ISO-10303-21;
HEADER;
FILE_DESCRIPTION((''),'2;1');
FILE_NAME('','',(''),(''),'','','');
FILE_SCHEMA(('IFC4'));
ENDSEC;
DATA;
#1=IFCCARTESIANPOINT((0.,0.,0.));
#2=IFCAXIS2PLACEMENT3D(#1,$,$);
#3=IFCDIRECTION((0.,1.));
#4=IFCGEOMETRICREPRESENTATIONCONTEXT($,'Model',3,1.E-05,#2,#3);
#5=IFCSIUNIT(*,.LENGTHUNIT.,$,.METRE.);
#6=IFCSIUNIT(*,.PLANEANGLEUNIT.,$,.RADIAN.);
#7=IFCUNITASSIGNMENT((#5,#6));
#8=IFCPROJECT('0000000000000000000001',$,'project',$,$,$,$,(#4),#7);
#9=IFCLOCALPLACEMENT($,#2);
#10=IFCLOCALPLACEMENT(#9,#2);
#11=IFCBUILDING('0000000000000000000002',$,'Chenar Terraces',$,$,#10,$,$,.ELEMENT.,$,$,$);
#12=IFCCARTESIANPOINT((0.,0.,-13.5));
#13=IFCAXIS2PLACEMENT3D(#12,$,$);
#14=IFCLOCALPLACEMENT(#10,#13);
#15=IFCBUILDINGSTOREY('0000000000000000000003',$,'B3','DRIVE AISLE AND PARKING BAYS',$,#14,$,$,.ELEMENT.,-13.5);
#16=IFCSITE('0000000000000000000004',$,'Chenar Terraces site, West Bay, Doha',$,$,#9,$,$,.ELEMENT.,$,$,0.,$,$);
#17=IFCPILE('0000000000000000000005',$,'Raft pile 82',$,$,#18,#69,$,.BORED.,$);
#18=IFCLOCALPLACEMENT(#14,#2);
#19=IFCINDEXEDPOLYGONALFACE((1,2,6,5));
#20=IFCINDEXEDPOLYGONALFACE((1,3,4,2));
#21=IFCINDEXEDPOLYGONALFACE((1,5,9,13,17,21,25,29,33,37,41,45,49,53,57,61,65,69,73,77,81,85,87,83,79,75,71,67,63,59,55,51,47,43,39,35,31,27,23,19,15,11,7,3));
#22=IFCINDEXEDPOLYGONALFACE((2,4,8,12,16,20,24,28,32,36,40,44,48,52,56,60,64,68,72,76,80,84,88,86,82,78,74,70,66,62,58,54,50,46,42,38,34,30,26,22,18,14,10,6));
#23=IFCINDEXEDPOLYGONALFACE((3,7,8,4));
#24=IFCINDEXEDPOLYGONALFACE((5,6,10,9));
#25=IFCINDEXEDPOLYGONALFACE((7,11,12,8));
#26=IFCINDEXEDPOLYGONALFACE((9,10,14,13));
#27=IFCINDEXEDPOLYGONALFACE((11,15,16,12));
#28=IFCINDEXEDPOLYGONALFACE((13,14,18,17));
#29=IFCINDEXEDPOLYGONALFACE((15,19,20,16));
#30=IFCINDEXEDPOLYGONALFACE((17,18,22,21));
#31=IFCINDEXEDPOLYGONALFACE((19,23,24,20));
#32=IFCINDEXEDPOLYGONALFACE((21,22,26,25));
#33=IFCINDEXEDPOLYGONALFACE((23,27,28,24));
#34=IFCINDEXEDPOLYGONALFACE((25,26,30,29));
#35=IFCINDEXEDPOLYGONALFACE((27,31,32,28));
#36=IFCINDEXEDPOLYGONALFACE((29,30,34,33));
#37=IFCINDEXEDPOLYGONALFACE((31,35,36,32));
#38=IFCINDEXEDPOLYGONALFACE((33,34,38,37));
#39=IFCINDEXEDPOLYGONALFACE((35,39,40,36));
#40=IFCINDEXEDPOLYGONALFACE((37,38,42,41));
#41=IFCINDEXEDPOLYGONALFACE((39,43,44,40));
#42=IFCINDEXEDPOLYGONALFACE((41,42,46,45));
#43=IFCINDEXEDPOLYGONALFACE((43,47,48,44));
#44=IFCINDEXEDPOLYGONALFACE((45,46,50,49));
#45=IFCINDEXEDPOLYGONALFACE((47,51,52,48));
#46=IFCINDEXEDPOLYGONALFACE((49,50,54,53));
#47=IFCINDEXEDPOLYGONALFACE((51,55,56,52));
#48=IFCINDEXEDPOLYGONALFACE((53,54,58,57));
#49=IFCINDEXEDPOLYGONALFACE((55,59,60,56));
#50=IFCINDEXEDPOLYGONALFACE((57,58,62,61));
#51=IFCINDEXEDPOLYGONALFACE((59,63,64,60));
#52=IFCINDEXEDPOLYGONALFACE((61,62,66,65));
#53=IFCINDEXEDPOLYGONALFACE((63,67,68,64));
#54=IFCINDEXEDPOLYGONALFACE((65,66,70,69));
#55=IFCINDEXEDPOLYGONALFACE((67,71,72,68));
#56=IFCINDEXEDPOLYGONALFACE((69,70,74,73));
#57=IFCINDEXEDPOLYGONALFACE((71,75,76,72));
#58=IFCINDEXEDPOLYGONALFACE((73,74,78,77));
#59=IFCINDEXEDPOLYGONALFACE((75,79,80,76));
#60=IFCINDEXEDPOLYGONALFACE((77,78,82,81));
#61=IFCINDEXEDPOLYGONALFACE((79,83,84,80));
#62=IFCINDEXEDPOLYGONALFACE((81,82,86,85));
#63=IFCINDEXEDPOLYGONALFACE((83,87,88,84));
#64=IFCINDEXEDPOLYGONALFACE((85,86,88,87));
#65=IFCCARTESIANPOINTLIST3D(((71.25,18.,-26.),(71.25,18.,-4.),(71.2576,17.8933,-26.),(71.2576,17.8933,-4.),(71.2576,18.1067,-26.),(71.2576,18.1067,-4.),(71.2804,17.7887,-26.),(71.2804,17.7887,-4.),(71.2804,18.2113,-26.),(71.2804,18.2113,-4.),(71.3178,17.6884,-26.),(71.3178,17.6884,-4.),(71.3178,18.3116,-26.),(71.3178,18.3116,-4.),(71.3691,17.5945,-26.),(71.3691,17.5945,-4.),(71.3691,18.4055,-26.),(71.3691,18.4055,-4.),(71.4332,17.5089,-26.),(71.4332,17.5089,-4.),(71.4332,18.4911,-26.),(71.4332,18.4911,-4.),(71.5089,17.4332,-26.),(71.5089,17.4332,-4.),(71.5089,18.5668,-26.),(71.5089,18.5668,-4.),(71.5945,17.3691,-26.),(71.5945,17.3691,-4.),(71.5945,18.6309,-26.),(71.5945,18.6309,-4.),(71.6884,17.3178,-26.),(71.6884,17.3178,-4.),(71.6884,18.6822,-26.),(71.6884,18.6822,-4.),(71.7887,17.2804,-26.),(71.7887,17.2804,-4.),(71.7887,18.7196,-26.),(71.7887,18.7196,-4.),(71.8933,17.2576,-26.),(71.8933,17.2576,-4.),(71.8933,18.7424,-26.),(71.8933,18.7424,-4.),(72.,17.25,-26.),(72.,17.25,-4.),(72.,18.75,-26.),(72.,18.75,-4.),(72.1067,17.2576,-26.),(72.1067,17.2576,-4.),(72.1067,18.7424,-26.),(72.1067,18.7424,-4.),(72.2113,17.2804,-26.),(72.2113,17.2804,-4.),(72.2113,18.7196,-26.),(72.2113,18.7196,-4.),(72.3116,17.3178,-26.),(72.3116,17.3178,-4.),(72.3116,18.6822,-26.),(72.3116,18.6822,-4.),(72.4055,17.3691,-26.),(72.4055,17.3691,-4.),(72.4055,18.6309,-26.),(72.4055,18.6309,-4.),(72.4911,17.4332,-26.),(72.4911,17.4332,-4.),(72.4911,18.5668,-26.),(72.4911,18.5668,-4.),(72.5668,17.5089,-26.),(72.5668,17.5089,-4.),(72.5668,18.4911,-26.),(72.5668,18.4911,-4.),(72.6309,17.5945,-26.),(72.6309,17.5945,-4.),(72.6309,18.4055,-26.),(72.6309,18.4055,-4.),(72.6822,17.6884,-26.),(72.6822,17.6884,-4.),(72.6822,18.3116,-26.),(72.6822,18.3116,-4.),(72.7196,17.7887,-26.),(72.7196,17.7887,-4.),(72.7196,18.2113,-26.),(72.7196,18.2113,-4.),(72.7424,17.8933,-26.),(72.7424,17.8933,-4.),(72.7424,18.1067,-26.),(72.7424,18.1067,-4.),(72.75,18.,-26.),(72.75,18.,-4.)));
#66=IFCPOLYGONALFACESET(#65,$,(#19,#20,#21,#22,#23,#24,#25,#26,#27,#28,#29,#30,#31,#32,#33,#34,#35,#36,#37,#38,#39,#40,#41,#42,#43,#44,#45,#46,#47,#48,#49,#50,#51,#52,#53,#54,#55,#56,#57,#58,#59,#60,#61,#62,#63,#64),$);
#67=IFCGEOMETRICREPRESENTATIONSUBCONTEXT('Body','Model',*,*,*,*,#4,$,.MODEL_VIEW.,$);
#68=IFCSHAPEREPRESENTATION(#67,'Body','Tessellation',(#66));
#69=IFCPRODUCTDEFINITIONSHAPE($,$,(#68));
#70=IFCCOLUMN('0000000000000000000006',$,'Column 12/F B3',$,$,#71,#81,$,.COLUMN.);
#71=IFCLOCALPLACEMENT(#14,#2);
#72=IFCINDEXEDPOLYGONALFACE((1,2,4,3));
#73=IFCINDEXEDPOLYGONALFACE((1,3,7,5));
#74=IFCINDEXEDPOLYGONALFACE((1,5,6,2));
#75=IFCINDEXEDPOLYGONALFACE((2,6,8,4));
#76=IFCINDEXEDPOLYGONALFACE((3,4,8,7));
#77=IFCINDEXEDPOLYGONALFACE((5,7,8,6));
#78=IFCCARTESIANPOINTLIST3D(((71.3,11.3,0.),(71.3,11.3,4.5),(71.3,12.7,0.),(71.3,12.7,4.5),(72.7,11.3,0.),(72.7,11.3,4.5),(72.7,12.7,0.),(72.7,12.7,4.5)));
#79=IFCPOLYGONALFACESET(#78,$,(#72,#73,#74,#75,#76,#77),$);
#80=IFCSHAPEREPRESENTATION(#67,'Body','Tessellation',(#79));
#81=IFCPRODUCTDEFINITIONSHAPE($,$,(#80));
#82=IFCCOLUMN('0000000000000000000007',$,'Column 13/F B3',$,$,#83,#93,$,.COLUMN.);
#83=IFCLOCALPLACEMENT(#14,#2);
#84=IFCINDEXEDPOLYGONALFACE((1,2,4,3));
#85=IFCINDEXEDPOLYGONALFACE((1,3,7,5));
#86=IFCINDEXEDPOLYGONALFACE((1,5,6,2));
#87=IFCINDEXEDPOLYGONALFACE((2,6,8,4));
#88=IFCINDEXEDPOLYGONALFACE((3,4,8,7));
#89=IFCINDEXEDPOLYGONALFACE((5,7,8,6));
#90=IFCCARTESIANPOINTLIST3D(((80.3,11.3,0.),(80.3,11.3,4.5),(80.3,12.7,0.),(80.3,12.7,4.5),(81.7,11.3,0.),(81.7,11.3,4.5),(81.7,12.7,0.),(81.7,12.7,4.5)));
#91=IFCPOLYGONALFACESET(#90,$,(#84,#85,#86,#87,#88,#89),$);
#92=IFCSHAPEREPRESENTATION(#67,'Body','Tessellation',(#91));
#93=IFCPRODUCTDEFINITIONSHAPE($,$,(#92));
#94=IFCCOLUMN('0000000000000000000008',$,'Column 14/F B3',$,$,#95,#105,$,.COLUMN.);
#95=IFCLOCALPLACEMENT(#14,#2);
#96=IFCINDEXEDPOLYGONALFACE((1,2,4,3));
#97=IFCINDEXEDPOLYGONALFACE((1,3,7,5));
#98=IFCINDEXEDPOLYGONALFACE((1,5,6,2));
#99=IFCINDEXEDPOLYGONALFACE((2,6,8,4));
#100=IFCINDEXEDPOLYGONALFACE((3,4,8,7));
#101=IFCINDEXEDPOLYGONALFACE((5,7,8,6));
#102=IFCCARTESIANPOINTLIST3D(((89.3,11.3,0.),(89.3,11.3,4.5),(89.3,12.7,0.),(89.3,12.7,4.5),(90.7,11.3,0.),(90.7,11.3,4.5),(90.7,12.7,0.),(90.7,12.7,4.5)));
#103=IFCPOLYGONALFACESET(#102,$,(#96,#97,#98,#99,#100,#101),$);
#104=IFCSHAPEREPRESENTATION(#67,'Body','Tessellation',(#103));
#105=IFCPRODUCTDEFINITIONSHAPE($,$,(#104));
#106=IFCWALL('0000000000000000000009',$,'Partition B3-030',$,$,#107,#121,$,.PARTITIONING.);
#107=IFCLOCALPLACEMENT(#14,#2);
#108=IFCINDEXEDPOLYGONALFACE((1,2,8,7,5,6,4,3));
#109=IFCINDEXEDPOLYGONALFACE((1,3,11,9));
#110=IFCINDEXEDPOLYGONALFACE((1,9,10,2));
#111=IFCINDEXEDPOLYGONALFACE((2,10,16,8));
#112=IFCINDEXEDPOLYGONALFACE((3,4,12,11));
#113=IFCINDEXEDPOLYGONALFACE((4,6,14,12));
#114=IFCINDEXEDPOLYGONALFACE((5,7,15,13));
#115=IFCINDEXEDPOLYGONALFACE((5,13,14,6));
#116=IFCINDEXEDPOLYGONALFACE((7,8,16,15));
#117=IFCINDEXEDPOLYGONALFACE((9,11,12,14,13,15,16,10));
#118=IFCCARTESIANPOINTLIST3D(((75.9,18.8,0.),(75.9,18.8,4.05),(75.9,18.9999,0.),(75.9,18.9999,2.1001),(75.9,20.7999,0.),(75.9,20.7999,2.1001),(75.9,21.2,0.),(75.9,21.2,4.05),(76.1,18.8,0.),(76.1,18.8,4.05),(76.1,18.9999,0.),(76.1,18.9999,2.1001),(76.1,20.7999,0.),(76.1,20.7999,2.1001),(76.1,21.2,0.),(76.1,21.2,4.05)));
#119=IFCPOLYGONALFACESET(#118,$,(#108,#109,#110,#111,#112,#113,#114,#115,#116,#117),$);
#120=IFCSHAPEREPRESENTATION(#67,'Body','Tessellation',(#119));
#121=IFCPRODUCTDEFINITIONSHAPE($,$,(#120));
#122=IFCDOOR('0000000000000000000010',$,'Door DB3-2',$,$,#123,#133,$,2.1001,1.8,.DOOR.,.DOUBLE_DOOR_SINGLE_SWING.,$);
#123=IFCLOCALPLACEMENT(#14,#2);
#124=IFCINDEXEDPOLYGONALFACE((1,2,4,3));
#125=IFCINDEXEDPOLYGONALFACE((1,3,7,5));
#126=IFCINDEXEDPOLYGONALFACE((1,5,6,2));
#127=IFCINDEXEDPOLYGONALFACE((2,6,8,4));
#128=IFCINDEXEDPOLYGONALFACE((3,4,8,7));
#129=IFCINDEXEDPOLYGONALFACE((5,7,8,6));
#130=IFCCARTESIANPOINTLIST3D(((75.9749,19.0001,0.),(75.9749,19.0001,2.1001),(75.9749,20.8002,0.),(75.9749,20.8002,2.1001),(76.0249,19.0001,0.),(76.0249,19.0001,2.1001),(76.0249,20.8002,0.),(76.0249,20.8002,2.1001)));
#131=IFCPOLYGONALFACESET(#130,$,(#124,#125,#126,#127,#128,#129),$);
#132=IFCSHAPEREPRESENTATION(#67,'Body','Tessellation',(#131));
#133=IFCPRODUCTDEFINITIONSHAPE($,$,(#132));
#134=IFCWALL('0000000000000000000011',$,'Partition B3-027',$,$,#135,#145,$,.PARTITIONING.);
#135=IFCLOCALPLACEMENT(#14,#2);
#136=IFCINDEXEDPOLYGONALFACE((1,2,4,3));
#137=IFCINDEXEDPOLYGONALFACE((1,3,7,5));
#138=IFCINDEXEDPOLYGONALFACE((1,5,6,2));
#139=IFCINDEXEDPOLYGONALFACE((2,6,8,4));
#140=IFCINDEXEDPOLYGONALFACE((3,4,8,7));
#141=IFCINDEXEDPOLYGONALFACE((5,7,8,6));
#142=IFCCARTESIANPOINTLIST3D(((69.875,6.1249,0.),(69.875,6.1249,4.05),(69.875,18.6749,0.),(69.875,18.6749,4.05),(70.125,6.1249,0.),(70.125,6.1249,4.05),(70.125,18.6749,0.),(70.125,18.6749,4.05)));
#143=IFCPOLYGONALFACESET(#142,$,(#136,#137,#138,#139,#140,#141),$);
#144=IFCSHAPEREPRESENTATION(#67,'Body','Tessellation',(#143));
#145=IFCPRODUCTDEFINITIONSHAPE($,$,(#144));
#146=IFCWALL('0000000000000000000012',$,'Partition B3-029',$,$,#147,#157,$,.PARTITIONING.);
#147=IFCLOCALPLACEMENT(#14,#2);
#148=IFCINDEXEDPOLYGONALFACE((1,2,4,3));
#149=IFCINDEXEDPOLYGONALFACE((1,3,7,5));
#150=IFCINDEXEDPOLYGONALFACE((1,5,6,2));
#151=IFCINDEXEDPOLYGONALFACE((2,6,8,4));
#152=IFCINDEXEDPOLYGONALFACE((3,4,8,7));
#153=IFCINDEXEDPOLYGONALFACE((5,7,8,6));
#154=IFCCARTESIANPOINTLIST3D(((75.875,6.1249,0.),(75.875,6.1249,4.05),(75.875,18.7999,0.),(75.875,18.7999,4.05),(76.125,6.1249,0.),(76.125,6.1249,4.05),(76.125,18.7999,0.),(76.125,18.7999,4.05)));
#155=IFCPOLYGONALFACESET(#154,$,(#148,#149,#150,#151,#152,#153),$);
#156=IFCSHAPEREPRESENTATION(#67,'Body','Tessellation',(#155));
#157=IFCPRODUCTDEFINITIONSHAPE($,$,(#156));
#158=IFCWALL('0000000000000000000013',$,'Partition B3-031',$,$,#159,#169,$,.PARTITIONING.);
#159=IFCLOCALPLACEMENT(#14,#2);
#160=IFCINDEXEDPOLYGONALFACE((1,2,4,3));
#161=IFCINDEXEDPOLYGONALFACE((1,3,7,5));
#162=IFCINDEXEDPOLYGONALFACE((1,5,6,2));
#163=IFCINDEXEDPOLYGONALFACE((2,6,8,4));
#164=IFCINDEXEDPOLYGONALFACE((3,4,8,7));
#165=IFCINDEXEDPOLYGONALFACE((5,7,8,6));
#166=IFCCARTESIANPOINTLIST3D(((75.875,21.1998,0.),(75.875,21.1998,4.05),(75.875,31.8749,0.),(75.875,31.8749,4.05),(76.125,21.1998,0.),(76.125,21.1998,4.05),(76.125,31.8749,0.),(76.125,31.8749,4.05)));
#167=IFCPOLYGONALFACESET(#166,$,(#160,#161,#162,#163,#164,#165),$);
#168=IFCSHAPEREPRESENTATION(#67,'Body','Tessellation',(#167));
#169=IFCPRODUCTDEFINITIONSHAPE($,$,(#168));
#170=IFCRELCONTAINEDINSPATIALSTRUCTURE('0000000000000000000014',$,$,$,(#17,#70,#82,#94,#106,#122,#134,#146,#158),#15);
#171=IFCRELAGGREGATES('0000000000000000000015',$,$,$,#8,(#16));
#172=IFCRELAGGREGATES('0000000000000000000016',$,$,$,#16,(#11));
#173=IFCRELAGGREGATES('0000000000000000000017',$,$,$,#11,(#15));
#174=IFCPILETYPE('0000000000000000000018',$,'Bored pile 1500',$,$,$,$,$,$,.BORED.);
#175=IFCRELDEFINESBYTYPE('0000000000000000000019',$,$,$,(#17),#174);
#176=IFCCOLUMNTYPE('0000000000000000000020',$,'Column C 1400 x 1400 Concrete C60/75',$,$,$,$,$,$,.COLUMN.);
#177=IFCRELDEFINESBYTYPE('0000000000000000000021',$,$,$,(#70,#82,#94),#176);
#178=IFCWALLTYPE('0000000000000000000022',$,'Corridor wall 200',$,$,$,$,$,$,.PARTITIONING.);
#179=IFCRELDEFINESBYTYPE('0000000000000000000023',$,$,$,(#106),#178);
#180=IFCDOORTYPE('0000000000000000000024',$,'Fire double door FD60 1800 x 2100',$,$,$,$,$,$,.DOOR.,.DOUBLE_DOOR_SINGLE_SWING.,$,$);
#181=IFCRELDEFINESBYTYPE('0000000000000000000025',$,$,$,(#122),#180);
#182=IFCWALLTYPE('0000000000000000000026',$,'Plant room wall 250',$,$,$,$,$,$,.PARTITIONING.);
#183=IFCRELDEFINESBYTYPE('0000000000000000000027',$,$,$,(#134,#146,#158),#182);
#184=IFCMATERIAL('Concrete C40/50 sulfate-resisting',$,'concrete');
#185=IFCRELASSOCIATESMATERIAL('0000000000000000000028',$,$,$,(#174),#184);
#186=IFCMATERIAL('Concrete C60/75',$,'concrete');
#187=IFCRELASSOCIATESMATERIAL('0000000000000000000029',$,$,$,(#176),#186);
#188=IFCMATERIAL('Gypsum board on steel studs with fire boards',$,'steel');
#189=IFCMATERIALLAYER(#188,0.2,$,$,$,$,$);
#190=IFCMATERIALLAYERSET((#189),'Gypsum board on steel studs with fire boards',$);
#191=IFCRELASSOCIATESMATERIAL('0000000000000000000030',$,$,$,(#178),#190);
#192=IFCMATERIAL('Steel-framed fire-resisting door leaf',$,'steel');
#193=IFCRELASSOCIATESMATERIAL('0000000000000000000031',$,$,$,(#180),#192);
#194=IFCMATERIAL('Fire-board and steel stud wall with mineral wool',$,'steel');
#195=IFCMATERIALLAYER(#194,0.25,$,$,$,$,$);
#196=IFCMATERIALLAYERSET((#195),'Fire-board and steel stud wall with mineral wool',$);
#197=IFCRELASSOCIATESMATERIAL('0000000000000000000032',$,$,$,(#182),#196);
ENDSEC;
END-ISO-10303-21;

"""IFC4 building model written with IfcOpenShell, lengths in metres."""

from ifc_helpers import new_model, si_unit, direction, frame, frame_2d, origin, origin_2d, place, context, subcontext, project, spatial, rectangle, circle, extrude, material, layer, layer_set, material_profile, profile_set, type_object, element, fill, save


model = new_model("IFC4")

# Units and contexts
model_context = context("Model", 3, precision=1e-05, world=origin(), true_north=direction((0.0, 1.0)))
body_context = subcontext(model_context, "Body", "Model", "MODEL_VIEW")
ifc_project = project(units=[si_unit("LENGTHUNIT", "METRE"), si_unit("PLANEANGLEUNIT", "RADIAN")], contexts=[model_context])

# Site, building, storey
site_placement = place(None, origin())
site = spatial("IfcSite", under=ifc_project, at=site_placement, Name="Chenar Terraces site, West Bay, Doha", CompositionType="ELEMENT", RefElevation=0.0)
building_placement = place(site_placement, origin())
building = spatial("IfcBuilding", under=site, at=building_placement, Name="Chenar Terraces", CompositionType="ELEMENT")
storey_placement = place(building_placement, frame((0.0, 0.0, -13.5)))
storey = spatial("IfcBuildingStorey", under=building, at=storey_placement, Name="B3", Description="DRIVE AISLE AND PARKING BAYS", CompositionType="ELEMENT", Elevation=-13.5)

# Pile
ifc_material_1 = material(Name="Concrete C40/50 sulfate-resisting", Category="concrete")
ifc_material_profile_1 = material_profile(ifc_material_1, circle(Radius=0.75, at=origin_2d()), Name="BP 1500")
ifc_profile_set_1 = profile_set([ifc_material_profile_1], Name="Concrete C40/50 sulfate-resisting")
pile_type_1 = type_object("IfcPileType", Name="Bored pile 1500", PredefinedType="BORED", material=ifc_profile_set_1)
pile_1_placement = place(storey_placement, frame((72.0, 18.0, -4.0), z_axis=(0.0, 0.0, -1.0), x_axis=(1.0, 0.0, 0.0)))
element("IfcPile", 1, at=pile_1_placement, inside=storey, type_object=pile_type_1, Name="Raft pile 82", PredefinedType="BORED", context=body_context, shape_type="SweptSolid", body=[
    extrude(circle(Radius=0.75, at=origin_2d()), origin(), (0.0, 0.0, 1.0), 22.0),
])

# Columns
ifc_material_2 = material(Name="Concrete C60/75", Category="concrete")
ifc_material_profile_2 = material_profile(ifc_material_2, rectangle(XDim=1.3999, YDim=1.3999, at=origin_2d()), Name="C 1400 x 1400")
ifc_profile_set_2 = profile_set([ifc_material_profile_2], Name="Concrete C60/75")
column_type = type_object("IfcColumnType", Name="Column C 1400 x 1400 Concrete C60/75", PredefinedType="COLUMN", material=ifc_profile_set_2)
for number, where, z_axis, x_axis, name in (
    (2, (72.0, 12.0, 0.0), (0.0, 0.0, 1.0), (1.0, 0.0, 0.0), "Column 12/F B3"),
    (3, (81.0, 12.0, 0.0), (0.0, 0.0, 1.0), (1.0, 0.0, 0.0), "Column 13/F B3"),
    (4, (90.0, 12.0, 0.0), (0.0, 0.0, 1.0), (1.0, 0.0, 0.0), "Column 14/F B3"),
):
    element("IfcColumn", number, at=place(storey_placement, frame(where, z_axis=z_axis, x_axis=x_axis)), inside=storey, type_object=column_type, Name=name, PredefinedType="COLUMN", context=body_context, shape_type="SweptSolid", body=[
        extrude(rectangle(XDim=1.3999, YDim=1.3999, at=origin_2d()), origin(), (0.0, 0.0, 1.0), 4.5),
    ])

# Wall, opening, door
ifc_material_3 = material(Name="Gypsum board on steel studs with fire boards", Category="steel")
ifc_layer_1 = layer(ifc_material_3, 0.2)
ifc_layer_set_1 = layer_set([ifc_layer_1], Name="Gypsum board on steel studs with fire boards")
wall_type_1 = type_object("IfcWallType", Name="Corridor wall 200", PredefinedType="PARTITIONING", material=ifc_layer_set_1)
wall_1_placement = place(storey_placement, frame((76.0, 18.8, 0.0), z_axis=(0.0, 0.0, 1.0), x_axis=(0.0, 1.0, 0.0)))
wall_1 = element("IfcWall", 5, at=wall_1_placement, inside=storey, type_object=wall_type_1, Name="Partition B3-030", PredefinedType="PARTITIONING", context=body_context, shape_type="SweptSolid", body=[
    extrude(rectangle(XDim=2.3999, YDim=0.2, at=frame_2d((1.2, 0.0))), origin(), (0.0, 0.0, 1.0), 4.05),
])
opening_placement = place(wall_1_placement, frame((0.2, 0.0, 0.0)))
opening = element("IfcOpeningElement", 6, at=opening_placement, cuts=wall_1, PredefinedType="OPENING", context=body_context, shape_type="SweptSolid", body=[
    extrude(rectangle(XDim=1.8, YDim=2.1001, at=frame_2d((0.8999, 1.05))), frame((0.0, 0.1099, 0.0), z_axis=(0.0, -1.0, 0.0), x_axis=(1.0, 0.0, 0.0)), (0.0, 0.0, 1.0), 0.22),
])
ifc_material_4 = material(Name="Steel-framed fire-resisting door leaf", Category="steel")
door_type = type_object("IfcDoorType", Name="Fire double door FD60 1800 x 2100", OperationType="DOUBLE_DOOR_SINGLE_SWING", PredefinedType="DOOR", material=ifc_material_4)
door_placement = place(opening_placement, frame((1.8, 0.0, 0.0), z_axis=(0.0, 0.0, 1.0), x_axis=(-1.0, 0.0, 0.0)))
door = element("IfcDoor", 7, at=door_placement, inside=storey, type_object=door_type, Name="Door DB3-2", OperationType="DOUBLE_DOOR_SINGLE_SWING", OverallHeight=2.1001, OverallWidth=1.8, PredefinedType="DOOR", context=body_context, shape_type="SweptSolid", body=[
    extrude(rectangle(XDim=1.8, YDim=2.1001, at=frame_2d((0.8999, 1.05))), frame((0.0, 0.0249, 0.0), z_axis=(0.0, -1.0, 0.0), x_axis=(1.0, 0.0, 0.0)), (0.0, 0.0, 1.0), 0.05),
])
fill(opening, door)

# Walls
ifc_material_5 = material(Name="Fire-board and steel stud wall with mineral wool", Category="steel")
ifc_layer_2 = layer(ifc_material_5, 0.25)
ifc_layer_set_2 = layer_set([ifc_layer_2], Name="Fire-board and steel stud wall with mineral wool")
wall_type_2 = type_object("IfcWallType", Name="Plant room wall 250", PredefinedType="PARTITIONING", material=ifc_layer_set_2)
wall_2_placement = place(storey_placement, frame((70.0, 6.125, 0.0), z_axis=(0.0, 0.0, 1.0), x_axis=(0.0, 1.0, 0.0)))
element("IfcWall", 8, at=wall_2_placement, inside=storey, type_object=wall_type_2, Name="Partition B3-027", PredefinedType="PARTITIONING", context=body_context, shape_type="SweptSolid", body=[
    extrude(rectangle(XDim=12.55, YDim=0.25, at=frame_2d((6.2749, 0.0))), origin(), (0.0, 0.0, 1.0), 4.05),
])
wall_3_placement = place(storey_placement, frame((76.0, 6.125, 0.0), z_axis=(0.0, 0.0, 1.0), x_axis=(0.0, 1.0, 0.0)))
element("IfcWall", 9, at=wall_3_placement, inside=storey, type_object=wall_type_2, Name="Partition B3-029", PredefinedType="PARTITIONING", context=body_context, shape_type="SweptSolid", body=[
    extrude(rectangle(XDim=12.675, YDim=0.25, at=frame_2d((6.3374, 0.0))), origin(), (0.0, 0.0, 1.0), 4.05),
])
wall_4_placement = place(storey_placement, frame((76.0, 21.2, 0.0), z_axis=(0.0, 0.0, 1.0), x_axis=(0.0, 1.0, 0.0)))
element("IfcWall", 10, at=wall_4_placement, inside=storey, type_object=wall_type_2, Name="Partition B3-031", PredefinedType="PARTITIONING", context=body_context, shape_type="SweptSolid", body=[
    extrude(rectangle(XDim=10.675, YDim=0.25, at=frame_2d((5.3374, 0.0))), origin(), (0.0, 0.0, 1.0), 4.05),
])

save(model, "model.ifc")
